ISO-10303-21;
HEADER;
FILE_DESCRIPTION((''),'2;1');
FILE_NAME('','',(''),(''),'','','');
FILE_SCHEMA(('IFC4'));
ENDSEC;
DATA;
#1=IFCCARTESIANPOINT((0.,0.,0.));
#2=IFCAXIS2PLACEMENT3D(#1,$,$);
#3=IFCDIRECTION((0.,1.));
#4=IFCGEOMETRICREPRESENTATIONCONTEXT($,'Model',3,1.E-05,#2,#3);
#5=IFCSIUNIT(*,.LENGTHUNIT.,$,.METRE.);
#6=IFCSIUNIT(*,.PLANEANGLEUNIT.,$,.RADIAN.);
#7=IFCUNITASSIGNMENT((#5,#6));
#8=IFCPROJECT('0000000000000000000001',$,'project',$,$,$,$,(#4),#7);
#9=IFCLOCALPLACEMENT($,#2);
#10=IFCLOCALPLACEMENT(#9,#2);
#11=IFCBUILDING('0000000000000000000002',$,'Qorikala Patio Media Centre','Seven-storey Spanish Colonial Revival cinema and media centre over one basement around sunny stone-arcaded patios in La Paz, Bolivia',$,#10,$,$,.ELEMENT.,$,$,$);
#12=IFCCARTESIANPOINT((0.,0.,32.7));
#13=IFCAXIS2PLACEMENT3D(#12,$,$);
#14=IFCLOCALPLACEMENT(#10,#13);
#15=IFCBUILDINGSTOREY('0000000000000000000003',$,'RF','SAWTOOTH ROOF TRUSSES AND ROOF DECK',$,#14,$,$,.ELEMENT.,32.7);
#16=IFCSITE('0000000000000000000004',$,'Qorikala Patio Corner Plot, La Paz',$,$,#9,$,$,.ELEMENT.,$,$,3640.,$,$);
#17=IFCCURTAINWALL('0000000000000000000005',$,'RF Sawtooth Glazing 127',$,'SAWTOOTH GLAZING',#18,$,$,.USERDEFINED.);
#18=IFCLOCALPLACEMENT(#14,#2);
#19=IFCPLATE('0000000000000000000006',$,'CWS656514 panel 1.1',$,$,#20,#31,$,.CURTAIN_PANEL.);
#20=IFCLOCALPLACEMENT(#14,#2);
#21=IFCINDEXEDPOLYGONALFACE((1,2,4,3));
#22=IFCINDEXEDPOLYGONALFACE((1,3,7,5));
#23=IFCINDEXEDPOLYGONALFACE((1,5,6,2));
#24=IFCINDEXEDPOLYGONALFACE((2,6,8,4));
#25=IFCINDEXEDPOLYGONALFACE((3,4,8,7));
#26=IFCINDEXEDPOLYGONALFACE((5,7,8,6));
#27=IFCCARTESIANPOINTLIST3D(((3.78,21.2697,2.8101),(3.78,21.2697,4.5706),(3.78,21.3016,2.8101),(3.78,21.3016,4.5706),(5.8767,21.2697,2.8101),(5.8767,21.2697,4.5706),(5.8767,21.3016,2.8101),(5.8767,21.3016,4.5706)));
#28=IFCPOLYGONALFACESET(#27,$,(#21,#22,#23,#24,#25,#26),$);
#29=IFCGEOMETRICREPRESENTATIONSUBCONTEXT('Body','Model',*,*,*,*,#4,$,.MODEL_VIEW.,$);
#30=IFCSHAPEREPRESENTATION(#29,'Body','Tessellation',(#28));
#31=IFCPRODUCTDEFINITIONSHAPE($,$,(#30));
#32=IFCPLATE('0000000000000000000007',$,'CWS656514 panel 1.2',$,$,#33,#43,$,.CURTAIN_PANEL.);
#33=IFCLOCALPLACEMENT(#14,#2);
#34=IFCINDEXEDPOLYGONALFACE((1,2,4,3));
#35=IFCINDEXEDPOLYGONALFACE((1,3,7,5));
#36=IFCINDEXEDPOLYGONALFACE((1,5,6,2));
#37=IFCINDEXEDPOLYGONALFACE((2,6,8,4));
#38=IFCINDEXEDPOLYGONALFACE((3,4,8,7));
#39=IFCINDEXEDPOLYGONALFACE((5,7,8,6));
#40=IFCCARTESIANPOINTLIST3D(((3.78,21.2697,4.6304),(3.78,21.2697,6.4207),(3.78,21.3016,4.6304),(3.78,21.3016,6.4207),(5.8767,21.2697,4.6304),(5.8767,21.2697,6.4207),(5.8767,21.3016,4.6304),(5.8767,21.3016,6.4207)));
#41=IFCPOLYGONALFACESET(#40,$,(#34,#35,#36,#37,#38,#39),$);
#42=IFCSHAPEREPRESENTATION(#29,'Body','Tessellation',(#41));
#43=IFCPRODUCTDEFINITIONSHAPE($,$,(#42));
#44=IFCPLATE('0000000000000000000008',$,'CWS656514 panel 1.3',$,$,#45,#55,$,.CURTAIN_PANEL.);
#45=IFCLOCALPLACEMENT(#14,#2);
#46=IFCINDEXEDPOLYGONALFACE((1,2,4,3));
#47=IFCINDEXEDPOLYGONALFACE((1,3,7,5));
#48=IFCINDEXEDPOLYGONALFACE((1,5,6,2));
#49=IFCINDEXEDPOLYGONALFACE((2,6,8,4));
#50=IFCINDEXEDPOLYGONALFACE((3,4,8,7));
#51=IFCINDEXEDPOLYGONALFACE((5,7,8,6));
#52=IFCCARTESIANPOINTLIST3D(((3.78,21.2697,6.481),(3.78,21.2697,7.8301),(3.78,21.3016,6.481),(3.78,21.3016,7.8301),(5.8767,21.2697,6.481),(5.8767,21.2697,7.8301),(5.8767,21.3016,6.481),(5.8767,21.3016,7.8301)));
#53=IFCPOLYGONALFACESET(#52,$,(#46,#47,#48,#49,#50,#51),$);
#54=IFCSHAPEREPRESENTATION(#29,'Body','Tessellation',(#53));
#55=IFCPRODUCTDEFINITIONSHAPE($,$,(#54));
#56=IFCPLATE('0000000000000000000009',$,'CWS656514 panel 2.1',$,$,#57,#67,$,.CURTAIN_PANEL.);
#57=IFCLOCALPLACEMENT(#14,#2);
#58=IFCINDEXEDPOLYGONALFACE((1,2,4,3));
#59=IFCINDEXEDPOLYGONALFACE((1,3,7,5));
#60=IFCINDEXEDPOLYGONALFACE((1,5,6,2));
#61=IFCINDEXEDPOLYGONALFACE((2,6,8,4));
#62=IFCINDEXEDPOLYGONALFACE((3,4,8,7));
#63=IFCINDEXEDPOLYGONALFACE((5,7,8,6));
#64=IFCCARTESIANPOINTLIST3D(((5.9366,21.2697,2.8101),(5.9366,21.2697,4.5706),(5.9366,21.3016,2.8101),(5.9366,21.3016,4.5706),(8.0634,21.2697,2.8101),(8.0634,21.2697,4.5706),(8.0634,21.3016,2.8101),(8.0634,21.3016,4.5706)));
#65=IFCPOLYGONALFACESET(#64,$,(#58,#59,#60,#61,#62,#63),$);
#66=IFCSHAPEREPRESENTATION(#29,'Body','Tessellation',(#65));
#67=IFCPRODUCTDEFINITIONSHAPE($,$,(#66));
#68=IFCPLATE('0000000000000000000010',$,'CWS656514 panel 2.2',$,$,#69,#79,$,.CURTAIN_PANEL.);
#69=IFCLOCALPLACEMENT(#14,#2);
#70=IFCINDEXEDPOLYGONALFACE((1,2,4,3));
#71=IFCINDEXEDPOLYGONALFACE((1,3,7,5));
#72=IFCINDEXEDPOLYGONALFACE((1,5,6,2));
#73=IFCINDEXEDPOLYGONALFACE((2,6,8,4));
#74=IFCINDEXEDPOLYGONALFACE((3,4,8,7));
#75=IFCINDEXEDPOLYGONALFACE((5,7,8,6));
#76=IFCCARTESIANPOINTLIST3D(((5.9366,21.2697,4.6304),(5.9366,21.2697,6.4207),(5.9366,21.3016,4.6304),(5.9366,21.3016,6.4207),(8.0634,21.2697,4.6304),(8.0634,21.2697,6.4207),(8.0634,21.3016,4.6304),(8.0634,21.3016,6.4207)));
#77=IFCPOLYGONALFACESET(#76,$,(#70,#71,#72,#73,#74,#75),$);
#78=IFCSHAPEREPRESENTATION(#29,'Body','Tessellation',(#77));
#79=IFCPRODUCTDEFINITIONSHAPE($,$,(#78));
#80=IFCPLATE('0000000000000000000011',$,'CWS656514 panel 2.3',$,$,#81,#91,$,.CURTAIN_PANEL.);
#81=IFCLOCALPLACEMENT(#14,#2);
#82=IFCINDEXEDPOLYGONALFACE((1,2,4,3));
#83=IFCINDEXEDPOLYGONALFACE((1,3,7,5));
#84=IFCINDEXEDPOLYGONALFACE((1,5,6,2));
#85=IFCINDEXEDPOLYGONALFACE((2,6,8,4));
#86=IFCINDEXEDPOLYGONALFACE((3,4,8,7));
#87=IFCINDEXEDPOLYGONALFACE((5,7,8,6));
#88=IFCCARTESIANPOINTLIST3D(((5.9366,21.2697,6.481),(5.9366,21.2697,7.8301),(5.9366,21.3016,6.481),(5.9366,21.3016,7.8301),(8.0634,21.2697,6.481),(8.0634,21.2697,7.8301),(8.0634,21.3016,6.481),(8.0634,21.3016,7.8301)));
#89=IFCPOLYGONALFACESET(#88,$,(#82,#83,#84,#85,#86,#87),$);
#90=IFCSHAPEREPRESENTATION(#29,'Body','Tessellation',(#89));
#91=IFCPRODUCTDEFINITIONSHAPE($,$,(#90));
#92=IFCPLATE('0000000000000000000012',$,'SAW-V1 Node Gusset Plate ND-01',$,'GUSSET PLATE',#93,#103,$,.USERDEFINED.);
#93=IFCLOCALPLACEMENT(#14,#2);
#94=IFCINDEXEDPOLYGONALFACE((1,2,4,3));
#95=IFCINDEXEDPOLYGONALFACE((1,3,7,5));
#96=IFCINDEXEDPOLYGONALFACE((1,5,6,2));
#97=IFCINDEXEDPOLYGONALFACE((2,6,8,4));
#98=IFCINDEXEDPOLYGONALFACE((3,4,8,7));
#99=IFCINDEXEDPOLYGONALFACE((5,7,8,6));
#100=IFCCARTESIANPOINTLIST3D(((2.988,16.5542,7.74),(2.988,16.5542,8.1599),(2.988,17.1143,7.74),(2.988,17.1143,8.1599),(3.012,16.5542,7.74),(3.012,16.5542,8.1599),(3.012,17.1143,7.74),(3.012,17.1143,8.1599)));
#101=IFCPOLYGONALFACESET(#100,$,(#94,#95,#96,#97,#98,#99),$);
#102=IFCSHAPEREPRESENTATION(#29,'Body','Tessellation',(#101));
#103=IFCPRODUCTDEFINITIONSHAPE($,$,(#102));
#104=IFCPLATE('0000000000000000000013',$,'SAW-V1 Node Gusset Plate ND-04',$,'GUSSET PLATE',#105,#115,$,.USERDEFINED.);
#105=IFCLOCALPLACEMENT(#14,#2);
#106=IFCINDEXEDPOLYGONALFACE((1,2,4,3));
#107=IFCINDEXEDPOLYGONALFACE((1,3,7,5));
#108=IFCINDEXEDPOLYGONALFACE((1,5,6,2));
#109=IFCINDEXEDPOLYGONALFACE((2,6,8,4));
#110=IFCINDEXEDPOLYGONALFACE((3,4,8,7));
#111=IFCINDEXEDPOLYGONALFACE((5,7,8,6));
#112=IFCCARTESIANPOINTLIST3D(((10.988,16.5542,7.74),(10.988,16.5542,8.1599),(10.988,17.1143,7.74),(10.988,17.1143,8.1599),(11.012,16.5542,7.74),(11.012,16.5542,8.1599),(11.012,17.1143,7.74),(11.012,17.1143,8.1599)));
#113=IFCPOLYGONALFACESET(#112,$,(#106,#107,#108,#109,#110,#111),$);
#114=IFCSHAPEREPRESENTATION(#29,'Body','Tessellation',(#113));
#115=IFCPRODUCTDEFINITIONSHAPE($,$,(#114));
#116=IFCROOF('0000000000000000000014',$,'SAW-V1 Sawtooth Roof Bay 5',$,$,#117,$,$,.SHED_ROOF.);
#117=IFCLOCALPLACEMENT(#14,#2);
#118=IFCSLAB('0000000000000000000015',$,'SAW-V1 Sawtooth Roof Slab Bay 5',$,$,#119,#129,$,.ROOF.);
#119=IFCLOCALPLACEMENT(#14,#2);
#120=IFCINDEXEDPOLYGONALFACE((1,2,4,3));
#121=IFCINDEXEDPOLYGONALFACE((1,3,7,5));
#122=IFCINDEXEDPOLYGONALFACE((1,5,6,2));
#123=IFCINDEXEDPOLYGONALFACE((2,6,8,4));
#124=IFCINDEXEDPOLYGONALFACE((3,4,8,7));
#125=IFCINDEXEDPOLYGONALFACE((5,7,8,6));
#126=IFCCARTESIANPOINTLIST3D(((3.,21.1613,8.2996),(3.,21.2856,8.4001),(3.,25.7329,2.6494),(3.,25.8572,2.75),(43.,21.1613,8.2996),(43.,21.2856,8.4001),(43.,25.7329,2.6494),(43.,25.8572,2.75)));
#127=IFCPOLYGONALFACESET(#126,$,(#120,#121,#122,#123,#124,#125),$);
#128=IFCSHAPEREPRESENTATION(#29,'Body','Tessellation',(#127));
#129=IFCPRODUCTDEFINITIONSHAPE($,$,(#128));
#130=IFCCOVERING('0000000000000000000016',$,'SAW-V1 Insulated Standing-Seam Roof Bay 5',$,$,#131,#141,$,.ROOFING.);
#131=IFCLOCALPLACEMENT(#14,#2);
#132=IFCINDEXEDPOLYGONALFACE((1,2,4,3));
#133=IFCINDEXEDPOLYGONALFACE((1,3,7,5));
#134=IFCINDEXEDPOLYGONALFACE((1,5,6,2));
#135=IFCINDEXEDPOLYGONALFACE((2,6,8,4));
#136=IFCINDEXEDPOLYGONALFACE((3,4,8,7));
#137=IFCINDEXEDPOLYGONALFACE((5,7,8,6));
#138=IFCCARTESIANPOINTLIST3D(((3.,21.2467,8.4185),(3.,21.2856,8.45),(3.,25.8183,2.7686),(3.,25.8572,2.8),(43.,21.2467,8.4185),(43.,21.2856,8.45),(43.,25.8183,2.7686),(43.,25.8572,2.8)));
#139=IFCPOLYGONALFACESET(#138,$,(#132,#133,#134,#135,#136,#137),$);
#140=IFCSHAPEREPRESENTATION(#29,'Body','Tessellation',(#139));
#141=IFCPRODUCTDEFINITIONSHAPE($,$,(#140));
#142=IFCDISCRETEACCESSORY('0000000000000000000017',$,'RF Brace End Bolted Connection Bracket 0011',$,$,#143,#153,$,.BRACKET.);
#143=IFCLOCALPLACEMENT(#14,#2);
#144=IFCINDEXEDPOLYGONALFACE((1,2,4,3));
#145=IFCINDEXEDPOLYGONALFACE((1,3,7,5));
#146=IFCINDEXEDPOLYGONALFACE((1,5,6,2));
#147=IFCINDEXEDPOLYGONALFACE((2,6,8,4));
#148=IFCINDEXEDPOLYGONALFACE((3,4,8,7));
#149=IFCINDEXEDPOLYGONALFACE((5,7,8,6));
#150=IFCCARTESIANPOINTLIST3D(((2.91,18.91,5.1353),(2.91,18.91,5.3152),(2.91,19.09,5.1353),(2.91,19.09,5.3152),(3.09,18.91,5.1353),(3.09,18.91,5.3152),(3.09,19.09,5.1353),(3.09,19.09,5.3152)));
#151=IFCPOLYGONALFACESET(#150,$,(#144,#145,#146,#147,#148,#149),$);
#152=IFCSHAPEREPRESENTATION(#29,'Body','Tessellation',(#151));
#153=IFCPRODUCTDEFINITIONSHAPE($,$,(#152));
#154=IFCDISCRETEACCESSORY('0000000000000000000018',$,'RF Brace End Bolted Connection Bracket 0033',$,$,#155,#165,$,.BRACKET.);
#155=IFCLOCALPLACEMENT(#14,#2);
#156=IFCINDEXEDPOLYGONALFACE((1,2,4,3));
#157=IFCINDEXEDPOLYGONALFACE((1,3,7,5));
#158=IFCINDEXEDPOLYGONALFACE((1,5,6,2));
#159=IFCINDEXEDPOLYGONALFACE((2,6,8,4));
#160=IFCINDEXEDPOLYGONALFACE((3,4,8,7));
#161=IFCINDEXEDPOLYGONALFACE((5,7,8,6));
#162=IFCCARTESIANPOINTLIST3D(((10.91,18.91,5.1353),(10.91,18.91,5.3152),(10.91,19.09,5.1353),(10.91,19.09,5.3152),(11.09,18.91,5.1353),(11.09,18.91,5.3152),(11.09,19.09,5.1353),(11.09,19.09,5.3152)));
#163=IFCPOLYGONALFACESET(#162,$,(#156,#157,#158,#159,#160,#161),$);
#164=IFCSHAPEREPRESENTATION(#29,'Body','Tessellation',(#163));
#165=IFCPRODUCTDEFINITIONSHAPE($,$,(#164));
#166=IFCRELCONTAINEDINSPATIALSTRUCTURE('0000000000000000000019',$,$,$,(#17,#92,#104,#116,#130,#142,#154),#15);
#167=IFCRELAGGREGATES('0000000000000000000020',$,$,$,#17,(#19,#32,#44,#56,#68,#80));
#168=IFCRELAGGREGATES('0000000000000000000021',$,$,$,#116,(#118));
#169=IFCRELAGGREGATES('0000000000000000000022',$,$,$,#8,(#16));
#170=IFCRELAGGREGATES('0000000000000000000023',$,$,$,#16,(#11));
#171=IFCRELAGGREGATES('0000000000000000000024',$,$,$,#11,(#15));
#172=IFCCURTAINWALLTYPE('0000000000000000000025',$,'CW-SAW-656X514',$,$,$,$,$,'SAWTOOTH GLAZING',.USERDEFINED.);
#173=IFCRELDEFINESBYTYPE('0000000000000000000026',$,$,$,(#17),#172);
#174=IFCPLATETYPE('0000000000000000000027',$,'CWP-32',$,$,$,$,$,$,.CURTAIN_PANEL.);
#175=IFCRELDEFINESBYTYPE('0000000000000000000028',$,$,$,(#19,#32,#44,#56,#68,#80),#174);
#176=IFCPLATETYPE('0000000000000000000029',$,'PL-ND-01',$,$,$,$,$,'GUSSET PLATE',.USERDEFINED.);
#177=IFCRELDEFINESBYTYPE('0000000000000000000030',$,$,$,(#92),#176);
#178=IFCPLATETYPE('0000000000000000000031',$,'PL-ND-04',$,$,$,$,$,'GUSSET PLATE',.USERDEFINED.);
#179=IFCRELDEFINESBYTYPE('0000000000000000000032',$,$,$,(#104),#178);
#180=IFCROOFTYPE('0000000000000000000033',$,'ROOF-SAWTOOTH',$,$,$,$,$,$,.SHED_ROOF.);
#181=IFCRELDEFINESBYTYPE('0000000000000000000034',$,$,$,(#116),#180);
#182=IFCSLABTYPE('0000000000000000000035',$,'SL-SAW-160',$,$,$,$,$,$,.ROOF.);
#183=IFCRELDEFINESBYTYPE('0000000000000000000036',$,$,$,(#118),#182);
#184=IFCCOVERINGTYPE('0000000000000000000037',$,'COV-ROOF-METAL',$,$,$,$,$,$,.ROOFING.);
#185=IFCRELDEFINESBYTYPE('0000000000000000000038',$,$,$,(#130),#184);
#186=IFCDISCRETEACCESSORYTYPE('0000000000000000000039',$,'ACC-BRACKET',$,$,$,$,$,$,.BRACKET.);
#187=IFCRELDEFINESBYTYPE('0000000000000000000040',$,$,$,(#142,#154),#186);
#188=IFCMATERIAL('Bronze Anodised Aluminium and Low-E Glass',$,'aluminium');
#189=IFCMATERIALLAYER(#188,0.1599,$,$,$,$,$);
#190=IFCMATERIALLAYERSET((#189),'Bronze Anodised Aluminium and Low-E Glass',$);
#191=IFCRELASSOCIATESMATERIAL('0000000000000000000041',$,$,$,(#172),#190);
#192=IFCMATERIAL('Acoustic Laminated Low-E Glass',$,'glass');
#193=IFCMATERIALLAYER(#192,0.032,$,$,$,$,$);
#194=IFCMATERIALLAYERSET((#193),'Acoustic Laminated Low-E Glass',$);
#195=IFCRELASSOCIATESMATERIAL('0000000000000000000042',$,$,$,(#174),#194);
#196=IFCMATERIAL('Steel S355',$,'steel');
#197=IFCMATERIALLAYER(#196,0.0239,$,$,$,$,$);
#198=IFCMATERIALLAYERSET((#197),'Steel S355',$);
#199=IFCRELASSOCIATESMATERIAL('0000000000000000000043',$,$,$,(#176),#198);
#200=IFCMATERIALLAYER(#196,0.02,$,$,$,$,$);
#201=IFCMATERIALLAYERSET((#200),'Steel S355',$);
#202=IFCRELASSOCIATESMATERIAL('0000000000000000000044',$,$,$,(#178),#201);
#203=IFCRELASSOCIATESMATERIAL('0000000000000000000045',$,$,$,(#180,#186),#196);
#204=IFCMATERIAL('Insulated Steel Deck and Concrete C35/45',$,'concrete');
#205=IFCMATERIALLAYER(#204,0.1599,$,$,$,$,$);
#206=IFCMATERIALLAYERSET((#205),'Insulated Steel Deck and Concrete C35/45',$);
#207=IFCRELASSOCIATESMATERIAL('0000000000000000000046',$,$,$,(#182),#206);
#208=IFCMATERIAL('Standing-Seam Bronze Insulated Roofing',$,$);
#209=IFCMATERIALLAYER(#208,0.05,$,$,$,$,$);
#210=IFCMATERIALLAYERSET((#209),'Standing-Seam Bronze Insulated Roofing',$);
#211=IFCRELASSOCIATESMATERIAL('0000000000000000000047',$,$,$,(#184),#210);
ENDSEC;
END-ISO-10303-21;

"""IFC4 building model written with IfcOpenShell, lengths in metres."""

from ifc_helpers import new_model, si_unit, direction, frame, origin, origin_2d, place, context, subcontext, project, spatial, polyline, rectangle, outline, extrude, material, layer, layer_set, type_object, element, aggregate, save


model = new_model("IFC4")

# Units and contexts
model_context = context("Model", 3, precision=1e-05, world=origin(), true_north=direction((0.0, 1.0)))
body_context = subcontext(model_context, "Body", "Model", "MODEL_VIEW")
ifc_project = project(units=[si_unit("LENGTHUNIT", "METRE"), si_unit("PLANEANGLEUNIT", "RADIAN")], contexts=[model_context])

# Site, building, storey
site_placement = place(None, origin())
site = spatial("IfcSite", under=ifc_project, at=site_placement, Name="Qorikala Patio Corner Plot, La Paz", CompositionType="ELEMENT", RefElevation=3640.0)
building_placement = place(site_placement, origin())
building = spatial("IfcBuilding", under=site, at=building_placement, Name="Qorikala Patio Media Centre", Description="Seven-storey Spanish Colonial Revival cinema and media centre over one basement around sunny stone-arcaded patios in La Paz, Bolivia", CompositionType="ELEMENT")
storey_placement = place(building_placement, frame((0.0, 0.0, 32.7)))
storey = spatial("IfcBuildingStorey", under=building, at=storey_placement, Name="RF", Description="SAWTOOTH ROOF TRUSSES AND ROOF DECK", CompositionType="ELEMENT", Elevation=32.7)

# Shared definitions
ifc_material_1 = material(Name="Steel S355", Category="steel")

# Curtain wall
ifc_material_2 = material(Name="Bronze Anodised Aluminium and Low-E Glass", Category="aluminium")
ifc_layer_1 = layer(ifc_material_2, 0.1599)
ifc_layer_set_1 = layer_set([ifc_layer_1], Name="Bronze Anodised Aluminium and Low-E Glass")
curtain_wall_type = type_object("IfcCurtainWallType", Name="CW-SAW-656X514", ElementType="SAWTOOTH GLAZING", PredefinedType="USERDEFINED", material=ifc_layer_set_1)
curtain_wall_placement = place(storey_placement, origin())
curtain_wall = element("IfcCurtainWall", 1, at=curtain_wall_placement, inside=storey, type_object=curtain_wall_type, Name="RF Sawtooth Glazing 127", ObjectType="SAWTOOTH GLAZING", PredefinedType="USERDEFINED")

# Plates
ifc_material_3 = material(Name="Acoustic Laminated Low-E Glass", Category="glass")
ifc_layer_2 = layer(ifc_material_3, 0.032)
ifc_layer_set_2 = layer_set([ifc_layer_2], Name="Acoustic Laminated Low-E Glass")
plate_type_1 = type_object("IfcPlateType", Name="CWP-32", PredefinedType="CURTAIN_PANEL", material=ifc_layer_set_2)
plate_1_placement = place(storey_placement, frame((4.8284, 21.2856, 2.8101), z_axis=(0.0, 0.0, 1.0), x_axis=(1.0, 0.0, 0.0)))
plate_1 = element("IfcPlate", 2, at=plate_1_placement, type_object=plate_type_1, Name="CWS656514 panel 1.1", PredefinedType="CURTAIN_PANEL", context=body_context, shape_type="SweptSolid", body=[
    extrude(rectangle(XDim=2.0967, YDim=0.032, at=origin_2d()), origin(), (0.0, 0.0, 1.0), 1.7605),
])
plate_2_placement = place(storey_placement, frame((4.8284, 21.2856, 4.6304), z_axis=(0.0, 0.0, 1.0), x_axis=(1.0, 0.0, 0.0)))
plate_2 = element("IfcPlate", 3, at=plate_2_placement, type_object=plate_type_1, Name="CWS656514 panel 1.2", PredefinedType="CURTAIN_PANEL", context=body_context, shape_type="SweptSolid", body=[
    extrude(rectangle(XDim=2.0967, YDim=0.032, at=origin_2d()), origin(), (0.0, 0.0, 1.0), 1.7903),
])
plate_3_placement = place(storey_placement, frame((4.8284, 21.2856, 6.481), z_axis=(0.0, 0.0, 1.0), x_axis=(1.0, 0.0, 0.0)))
plate_3 = element("IfcPlate", 4, at=plate_3_placement, type_object=plate_type_1, Name="CWS656514 panel 1.3", PredefinedType="CURTAIN_PANEL", context=body_context, shape_type="SweptSolid", body=[
    extrude(rectangle(XDim=2.0967, YDim=0.032, at=origin_2d()), origin(), (0.0, 0.0, 1.0), 1.3491),
])
plate_4_placement = place(storey_placement, frame((7.0, 21.2856, 2.8101), z_axis=(0.0, 0.0, 1.0), x_axis=(1.0, 0.0, 0.0)))
plate_4 = element("IfcPlate", 5, at=plate_4_placement, type_object=plate_type_1, Name="CWS656514 panel 2.1", PredefinedType="CURTAIN_PANEL", context=body_context, shape_type="SweptSolid", body=[
    extrude(rectangle(XDim=2.1267, YDim=0.032, at=origin_2d()), origin(), (0.0, 0.0, 1.0), 1.7605),
])
plate_5_placement = place(storey_placement, frame((7.0, 21.2856, 4.6304), z_axis=(0.0, 0.0, 1.0), x_axis=(1.0, 0.0, 0.0)))
plate_5 = element("IfcPlate", 6, at=plate_5_placement, type_object=plate_type_1, Name="CWS656514 panel 2.2", PredefinedType="CURTAIN_PANEL", context=body_context, shape_type="SweptSolid", body=[
    extrude(rectangle(XDim=2.1267, YDim=0.032, at=origin_2d()), origin(), (0.0, 0.0, 1.0), 1.7903),
])
plate_6_placement = place(storey_placement, frame((7.0, 21.2856, 6.481), z_axis=(0.0, 0.0, 1.0), x_axis=(1.0, 0.0, 0.0)))
plate_6 = element("IfcPlate", 7, at=plate_6_placement, type_object=plate_type_1, Name="CWS656514 panel 2.3", PredefinedType="CURTAIN_PANEL", context=body_context, shape_type="SweptSolid", body=[
    extrude(rectangle(XDim=2.1267, YDim=0.032, at=origin_2d()), origin(), (0.0, 0.0, 1.0), 1.3491),
])
aggregate(curtain_wall, [plate_1, plate_2, plate_3, plate_4, plate_5, plate_6])

# Plates
ifc_layer_3 = layer(ifc_material_1, 0.0239)
ifc_layer_set_3 = layer_set([ifc_layer_3], Name="Steel S355")
plate_type_2 = type_object("IfcPlateType", Name="PL-ND-01", ElementType="GUSSET PLATE", PredefinedType="USERDEFINED", material=ifc_layer_set_3)
plate_7_placement = place(storey_placement, frame((3.0, 16.8342, 7.74), z_axis=(0.0, 0.0, 1.0), x_axis=(1.0, 0.0, 0.0)))
element("IfcPlate", 8, at=plate_7_placement, inside=storey, type_object=plate_type_2, Name="SAW-V1 Node Gusset Plate ND-01", ObjectType="GUSSET PLATE", PredefinedType="USERDEFINED", context=body_context, shape_type="SweptSolid", body=[
    extrude(rectangle(XDim=0.0239, YDim=0.5601, at=origin_2d()), origin(), (0.0, 0.0, 1.0), 0.4199),
])
ifc_layer_4 = layer(ifc_material_1, 0.02)
ifc_layer_set_4 = layer_set([ifc_layer_4], Name="Steel S355")
plate_type_3 = type_object("IfcPlateType", Name="PL-ND-04", ElementType="GUSSET PLATE", PredefinedType="USERDEFINED", material=ifc_layer_set_4)
plate_8_placement = place(storey_placement, frame((11.0, 16.8342, 7.74), z_axis=(0.0, 0.0, 1.0), x_axis=(1.0, 0.0, 0.0)))
element("IfcPlate", 9, at=plate_8_placement, inside=storey, type_object=plate_type_3, Name="SAW-V1 Node Gusset Plate ND-04", ObjectType="GUSSET PLATE", PredefinedType="USERDEFINED", context=body_context, shape_type="SweptSolid", body=[
    extrude(rectangle(XDim=0.0239, YDim=0.5601, at=origin_2d()), origin(), (0.0, 0.0, 1.0), 0.4199),
])

# Roof, slab
roof_type = type_object("IfcRoofType", Name="ROOF-SAWTOOTH", PredefinedType="SHED_ROOF", material=ifc_material_1)
roof_placement = place(storey_placement, origin())
roof = element("IfcRoof", 10, at=roof_placement, inside=storey, type_object=roof_type, Name="SAW-V1 Sawtooth Roof Bay 5", PredefinedType="SHED_ROOF")
ifc_material_4 = material(Name="Insulated Steel Deck and Concrete C35/45", Category="concrete")
ifc_layer_5 = layer(ifc_material_4, 0.1599)
ifc_layer_set_5 = layer_set([ifc_layer_5], Name="Insulated Steel Deck and Concrete C35/45")
slab_type = type_object("IfcSlabType", Name="SL-SAW-160", PredefinedType="ROOF", material=ifc_layer_set_5)
slab_placement = place(storey_placement, frame((3.0, 21.2856, 8.4001), z_axis=(0.0, 0.777406, 0.628999), x_axis=(1.0, 0.0, 0.0)))
slab = element("IfcSlab", 11, at=slab_placement, type_object=slab_type, Name="SAW-V1 Sawtooth Roof Slab Bay 5", PredefinedType="ROOF", context=body_context, shape_type="SweptSolid", body=[
    extrude(outline(polyline([(0.0, 0.0), (40.0, 0.0), (40.0, 7.2679), (0.0, 7.2679), (0.0, 0.0)])), origin(), (0.0, 0.0, -1.0), 0.1599),
])
aggregate(roof, [slab])

# Covering
ifc_material_5 = material(Name="Standing-Seam Bronze Insulated Roofing")
ifc_layer_6 = layer(ifc_material_5, 0.05)
ifc_layer_set_6 = layer_set([ifc_layer_6], Name="Standing-Seam Bronze Insulated Roofing")
covering_type = type_object("IfcCoveringType", Name="COV-ROOF-METAL", PredefinedType="ROOFING", material=ifc_layer_set_6)
covering_placement = place(storey_placement, frame((3.0, 21.2856, 8.45), z_axis=(0.0, 0.777393, 0.629016), x_axis=(1.0, 0.0, 0.0)))
element("IfcCovering", 12, at=covering_placement, inside=storey, type_object=covering_type, Name="SAW-V1 Insulated Standing-Seam Roof Bay 5", PredefinedType="ROOFING", context=body_context, shape_type="SweptSolid", body=[
    extrude(outline(polyline([(0.0, 0.0), (40.0, 0.0), (40.0, 7.2678), (0.0, 7.2678), (0.0, 0.0)])), origin(), (0.0, 0.0, -1.0), 0.05),
])

# Discrete accessories
discrete_accessory_type = type_object("IfcDiscreteAccessoryType", Name="ACC-BRACKET", PredefinedType="BRACKET", material=ifc_material_1)
for number, where, z_axis, x_axis, name in (
    (13, (3.0, 19.0, 5.1353), (0.0, 0.0, 1.0), (1.0, 0.0, 0.0), "RF Brace End Bolted Connection Bracket 0011"),
    (14, (11.0, 19.0, 5.1353), (0.0, 0.0, 1.0), (1.0, 0.0, 0.0), "RF Brace End Bolted Connection Bracket 0033"),
):
    element("IfcDiscreteAccessory", number, at=place(storey_placement, frame(where, z_axis=z_axis, x_axis=x_axis)), inside=storey, type_object=discrete_accessory_type, Name=name, PredefinedType="BRACKET", context=body_context, shape_type="SweptSolid", body=[
        extrude(rectangle(XDim=0.1799, YDim=0.1799, at=origin_2d()), origin(), (0.0, 0.0, 1.0), 0.1799),
    ])

save(model, "model.ifc")
